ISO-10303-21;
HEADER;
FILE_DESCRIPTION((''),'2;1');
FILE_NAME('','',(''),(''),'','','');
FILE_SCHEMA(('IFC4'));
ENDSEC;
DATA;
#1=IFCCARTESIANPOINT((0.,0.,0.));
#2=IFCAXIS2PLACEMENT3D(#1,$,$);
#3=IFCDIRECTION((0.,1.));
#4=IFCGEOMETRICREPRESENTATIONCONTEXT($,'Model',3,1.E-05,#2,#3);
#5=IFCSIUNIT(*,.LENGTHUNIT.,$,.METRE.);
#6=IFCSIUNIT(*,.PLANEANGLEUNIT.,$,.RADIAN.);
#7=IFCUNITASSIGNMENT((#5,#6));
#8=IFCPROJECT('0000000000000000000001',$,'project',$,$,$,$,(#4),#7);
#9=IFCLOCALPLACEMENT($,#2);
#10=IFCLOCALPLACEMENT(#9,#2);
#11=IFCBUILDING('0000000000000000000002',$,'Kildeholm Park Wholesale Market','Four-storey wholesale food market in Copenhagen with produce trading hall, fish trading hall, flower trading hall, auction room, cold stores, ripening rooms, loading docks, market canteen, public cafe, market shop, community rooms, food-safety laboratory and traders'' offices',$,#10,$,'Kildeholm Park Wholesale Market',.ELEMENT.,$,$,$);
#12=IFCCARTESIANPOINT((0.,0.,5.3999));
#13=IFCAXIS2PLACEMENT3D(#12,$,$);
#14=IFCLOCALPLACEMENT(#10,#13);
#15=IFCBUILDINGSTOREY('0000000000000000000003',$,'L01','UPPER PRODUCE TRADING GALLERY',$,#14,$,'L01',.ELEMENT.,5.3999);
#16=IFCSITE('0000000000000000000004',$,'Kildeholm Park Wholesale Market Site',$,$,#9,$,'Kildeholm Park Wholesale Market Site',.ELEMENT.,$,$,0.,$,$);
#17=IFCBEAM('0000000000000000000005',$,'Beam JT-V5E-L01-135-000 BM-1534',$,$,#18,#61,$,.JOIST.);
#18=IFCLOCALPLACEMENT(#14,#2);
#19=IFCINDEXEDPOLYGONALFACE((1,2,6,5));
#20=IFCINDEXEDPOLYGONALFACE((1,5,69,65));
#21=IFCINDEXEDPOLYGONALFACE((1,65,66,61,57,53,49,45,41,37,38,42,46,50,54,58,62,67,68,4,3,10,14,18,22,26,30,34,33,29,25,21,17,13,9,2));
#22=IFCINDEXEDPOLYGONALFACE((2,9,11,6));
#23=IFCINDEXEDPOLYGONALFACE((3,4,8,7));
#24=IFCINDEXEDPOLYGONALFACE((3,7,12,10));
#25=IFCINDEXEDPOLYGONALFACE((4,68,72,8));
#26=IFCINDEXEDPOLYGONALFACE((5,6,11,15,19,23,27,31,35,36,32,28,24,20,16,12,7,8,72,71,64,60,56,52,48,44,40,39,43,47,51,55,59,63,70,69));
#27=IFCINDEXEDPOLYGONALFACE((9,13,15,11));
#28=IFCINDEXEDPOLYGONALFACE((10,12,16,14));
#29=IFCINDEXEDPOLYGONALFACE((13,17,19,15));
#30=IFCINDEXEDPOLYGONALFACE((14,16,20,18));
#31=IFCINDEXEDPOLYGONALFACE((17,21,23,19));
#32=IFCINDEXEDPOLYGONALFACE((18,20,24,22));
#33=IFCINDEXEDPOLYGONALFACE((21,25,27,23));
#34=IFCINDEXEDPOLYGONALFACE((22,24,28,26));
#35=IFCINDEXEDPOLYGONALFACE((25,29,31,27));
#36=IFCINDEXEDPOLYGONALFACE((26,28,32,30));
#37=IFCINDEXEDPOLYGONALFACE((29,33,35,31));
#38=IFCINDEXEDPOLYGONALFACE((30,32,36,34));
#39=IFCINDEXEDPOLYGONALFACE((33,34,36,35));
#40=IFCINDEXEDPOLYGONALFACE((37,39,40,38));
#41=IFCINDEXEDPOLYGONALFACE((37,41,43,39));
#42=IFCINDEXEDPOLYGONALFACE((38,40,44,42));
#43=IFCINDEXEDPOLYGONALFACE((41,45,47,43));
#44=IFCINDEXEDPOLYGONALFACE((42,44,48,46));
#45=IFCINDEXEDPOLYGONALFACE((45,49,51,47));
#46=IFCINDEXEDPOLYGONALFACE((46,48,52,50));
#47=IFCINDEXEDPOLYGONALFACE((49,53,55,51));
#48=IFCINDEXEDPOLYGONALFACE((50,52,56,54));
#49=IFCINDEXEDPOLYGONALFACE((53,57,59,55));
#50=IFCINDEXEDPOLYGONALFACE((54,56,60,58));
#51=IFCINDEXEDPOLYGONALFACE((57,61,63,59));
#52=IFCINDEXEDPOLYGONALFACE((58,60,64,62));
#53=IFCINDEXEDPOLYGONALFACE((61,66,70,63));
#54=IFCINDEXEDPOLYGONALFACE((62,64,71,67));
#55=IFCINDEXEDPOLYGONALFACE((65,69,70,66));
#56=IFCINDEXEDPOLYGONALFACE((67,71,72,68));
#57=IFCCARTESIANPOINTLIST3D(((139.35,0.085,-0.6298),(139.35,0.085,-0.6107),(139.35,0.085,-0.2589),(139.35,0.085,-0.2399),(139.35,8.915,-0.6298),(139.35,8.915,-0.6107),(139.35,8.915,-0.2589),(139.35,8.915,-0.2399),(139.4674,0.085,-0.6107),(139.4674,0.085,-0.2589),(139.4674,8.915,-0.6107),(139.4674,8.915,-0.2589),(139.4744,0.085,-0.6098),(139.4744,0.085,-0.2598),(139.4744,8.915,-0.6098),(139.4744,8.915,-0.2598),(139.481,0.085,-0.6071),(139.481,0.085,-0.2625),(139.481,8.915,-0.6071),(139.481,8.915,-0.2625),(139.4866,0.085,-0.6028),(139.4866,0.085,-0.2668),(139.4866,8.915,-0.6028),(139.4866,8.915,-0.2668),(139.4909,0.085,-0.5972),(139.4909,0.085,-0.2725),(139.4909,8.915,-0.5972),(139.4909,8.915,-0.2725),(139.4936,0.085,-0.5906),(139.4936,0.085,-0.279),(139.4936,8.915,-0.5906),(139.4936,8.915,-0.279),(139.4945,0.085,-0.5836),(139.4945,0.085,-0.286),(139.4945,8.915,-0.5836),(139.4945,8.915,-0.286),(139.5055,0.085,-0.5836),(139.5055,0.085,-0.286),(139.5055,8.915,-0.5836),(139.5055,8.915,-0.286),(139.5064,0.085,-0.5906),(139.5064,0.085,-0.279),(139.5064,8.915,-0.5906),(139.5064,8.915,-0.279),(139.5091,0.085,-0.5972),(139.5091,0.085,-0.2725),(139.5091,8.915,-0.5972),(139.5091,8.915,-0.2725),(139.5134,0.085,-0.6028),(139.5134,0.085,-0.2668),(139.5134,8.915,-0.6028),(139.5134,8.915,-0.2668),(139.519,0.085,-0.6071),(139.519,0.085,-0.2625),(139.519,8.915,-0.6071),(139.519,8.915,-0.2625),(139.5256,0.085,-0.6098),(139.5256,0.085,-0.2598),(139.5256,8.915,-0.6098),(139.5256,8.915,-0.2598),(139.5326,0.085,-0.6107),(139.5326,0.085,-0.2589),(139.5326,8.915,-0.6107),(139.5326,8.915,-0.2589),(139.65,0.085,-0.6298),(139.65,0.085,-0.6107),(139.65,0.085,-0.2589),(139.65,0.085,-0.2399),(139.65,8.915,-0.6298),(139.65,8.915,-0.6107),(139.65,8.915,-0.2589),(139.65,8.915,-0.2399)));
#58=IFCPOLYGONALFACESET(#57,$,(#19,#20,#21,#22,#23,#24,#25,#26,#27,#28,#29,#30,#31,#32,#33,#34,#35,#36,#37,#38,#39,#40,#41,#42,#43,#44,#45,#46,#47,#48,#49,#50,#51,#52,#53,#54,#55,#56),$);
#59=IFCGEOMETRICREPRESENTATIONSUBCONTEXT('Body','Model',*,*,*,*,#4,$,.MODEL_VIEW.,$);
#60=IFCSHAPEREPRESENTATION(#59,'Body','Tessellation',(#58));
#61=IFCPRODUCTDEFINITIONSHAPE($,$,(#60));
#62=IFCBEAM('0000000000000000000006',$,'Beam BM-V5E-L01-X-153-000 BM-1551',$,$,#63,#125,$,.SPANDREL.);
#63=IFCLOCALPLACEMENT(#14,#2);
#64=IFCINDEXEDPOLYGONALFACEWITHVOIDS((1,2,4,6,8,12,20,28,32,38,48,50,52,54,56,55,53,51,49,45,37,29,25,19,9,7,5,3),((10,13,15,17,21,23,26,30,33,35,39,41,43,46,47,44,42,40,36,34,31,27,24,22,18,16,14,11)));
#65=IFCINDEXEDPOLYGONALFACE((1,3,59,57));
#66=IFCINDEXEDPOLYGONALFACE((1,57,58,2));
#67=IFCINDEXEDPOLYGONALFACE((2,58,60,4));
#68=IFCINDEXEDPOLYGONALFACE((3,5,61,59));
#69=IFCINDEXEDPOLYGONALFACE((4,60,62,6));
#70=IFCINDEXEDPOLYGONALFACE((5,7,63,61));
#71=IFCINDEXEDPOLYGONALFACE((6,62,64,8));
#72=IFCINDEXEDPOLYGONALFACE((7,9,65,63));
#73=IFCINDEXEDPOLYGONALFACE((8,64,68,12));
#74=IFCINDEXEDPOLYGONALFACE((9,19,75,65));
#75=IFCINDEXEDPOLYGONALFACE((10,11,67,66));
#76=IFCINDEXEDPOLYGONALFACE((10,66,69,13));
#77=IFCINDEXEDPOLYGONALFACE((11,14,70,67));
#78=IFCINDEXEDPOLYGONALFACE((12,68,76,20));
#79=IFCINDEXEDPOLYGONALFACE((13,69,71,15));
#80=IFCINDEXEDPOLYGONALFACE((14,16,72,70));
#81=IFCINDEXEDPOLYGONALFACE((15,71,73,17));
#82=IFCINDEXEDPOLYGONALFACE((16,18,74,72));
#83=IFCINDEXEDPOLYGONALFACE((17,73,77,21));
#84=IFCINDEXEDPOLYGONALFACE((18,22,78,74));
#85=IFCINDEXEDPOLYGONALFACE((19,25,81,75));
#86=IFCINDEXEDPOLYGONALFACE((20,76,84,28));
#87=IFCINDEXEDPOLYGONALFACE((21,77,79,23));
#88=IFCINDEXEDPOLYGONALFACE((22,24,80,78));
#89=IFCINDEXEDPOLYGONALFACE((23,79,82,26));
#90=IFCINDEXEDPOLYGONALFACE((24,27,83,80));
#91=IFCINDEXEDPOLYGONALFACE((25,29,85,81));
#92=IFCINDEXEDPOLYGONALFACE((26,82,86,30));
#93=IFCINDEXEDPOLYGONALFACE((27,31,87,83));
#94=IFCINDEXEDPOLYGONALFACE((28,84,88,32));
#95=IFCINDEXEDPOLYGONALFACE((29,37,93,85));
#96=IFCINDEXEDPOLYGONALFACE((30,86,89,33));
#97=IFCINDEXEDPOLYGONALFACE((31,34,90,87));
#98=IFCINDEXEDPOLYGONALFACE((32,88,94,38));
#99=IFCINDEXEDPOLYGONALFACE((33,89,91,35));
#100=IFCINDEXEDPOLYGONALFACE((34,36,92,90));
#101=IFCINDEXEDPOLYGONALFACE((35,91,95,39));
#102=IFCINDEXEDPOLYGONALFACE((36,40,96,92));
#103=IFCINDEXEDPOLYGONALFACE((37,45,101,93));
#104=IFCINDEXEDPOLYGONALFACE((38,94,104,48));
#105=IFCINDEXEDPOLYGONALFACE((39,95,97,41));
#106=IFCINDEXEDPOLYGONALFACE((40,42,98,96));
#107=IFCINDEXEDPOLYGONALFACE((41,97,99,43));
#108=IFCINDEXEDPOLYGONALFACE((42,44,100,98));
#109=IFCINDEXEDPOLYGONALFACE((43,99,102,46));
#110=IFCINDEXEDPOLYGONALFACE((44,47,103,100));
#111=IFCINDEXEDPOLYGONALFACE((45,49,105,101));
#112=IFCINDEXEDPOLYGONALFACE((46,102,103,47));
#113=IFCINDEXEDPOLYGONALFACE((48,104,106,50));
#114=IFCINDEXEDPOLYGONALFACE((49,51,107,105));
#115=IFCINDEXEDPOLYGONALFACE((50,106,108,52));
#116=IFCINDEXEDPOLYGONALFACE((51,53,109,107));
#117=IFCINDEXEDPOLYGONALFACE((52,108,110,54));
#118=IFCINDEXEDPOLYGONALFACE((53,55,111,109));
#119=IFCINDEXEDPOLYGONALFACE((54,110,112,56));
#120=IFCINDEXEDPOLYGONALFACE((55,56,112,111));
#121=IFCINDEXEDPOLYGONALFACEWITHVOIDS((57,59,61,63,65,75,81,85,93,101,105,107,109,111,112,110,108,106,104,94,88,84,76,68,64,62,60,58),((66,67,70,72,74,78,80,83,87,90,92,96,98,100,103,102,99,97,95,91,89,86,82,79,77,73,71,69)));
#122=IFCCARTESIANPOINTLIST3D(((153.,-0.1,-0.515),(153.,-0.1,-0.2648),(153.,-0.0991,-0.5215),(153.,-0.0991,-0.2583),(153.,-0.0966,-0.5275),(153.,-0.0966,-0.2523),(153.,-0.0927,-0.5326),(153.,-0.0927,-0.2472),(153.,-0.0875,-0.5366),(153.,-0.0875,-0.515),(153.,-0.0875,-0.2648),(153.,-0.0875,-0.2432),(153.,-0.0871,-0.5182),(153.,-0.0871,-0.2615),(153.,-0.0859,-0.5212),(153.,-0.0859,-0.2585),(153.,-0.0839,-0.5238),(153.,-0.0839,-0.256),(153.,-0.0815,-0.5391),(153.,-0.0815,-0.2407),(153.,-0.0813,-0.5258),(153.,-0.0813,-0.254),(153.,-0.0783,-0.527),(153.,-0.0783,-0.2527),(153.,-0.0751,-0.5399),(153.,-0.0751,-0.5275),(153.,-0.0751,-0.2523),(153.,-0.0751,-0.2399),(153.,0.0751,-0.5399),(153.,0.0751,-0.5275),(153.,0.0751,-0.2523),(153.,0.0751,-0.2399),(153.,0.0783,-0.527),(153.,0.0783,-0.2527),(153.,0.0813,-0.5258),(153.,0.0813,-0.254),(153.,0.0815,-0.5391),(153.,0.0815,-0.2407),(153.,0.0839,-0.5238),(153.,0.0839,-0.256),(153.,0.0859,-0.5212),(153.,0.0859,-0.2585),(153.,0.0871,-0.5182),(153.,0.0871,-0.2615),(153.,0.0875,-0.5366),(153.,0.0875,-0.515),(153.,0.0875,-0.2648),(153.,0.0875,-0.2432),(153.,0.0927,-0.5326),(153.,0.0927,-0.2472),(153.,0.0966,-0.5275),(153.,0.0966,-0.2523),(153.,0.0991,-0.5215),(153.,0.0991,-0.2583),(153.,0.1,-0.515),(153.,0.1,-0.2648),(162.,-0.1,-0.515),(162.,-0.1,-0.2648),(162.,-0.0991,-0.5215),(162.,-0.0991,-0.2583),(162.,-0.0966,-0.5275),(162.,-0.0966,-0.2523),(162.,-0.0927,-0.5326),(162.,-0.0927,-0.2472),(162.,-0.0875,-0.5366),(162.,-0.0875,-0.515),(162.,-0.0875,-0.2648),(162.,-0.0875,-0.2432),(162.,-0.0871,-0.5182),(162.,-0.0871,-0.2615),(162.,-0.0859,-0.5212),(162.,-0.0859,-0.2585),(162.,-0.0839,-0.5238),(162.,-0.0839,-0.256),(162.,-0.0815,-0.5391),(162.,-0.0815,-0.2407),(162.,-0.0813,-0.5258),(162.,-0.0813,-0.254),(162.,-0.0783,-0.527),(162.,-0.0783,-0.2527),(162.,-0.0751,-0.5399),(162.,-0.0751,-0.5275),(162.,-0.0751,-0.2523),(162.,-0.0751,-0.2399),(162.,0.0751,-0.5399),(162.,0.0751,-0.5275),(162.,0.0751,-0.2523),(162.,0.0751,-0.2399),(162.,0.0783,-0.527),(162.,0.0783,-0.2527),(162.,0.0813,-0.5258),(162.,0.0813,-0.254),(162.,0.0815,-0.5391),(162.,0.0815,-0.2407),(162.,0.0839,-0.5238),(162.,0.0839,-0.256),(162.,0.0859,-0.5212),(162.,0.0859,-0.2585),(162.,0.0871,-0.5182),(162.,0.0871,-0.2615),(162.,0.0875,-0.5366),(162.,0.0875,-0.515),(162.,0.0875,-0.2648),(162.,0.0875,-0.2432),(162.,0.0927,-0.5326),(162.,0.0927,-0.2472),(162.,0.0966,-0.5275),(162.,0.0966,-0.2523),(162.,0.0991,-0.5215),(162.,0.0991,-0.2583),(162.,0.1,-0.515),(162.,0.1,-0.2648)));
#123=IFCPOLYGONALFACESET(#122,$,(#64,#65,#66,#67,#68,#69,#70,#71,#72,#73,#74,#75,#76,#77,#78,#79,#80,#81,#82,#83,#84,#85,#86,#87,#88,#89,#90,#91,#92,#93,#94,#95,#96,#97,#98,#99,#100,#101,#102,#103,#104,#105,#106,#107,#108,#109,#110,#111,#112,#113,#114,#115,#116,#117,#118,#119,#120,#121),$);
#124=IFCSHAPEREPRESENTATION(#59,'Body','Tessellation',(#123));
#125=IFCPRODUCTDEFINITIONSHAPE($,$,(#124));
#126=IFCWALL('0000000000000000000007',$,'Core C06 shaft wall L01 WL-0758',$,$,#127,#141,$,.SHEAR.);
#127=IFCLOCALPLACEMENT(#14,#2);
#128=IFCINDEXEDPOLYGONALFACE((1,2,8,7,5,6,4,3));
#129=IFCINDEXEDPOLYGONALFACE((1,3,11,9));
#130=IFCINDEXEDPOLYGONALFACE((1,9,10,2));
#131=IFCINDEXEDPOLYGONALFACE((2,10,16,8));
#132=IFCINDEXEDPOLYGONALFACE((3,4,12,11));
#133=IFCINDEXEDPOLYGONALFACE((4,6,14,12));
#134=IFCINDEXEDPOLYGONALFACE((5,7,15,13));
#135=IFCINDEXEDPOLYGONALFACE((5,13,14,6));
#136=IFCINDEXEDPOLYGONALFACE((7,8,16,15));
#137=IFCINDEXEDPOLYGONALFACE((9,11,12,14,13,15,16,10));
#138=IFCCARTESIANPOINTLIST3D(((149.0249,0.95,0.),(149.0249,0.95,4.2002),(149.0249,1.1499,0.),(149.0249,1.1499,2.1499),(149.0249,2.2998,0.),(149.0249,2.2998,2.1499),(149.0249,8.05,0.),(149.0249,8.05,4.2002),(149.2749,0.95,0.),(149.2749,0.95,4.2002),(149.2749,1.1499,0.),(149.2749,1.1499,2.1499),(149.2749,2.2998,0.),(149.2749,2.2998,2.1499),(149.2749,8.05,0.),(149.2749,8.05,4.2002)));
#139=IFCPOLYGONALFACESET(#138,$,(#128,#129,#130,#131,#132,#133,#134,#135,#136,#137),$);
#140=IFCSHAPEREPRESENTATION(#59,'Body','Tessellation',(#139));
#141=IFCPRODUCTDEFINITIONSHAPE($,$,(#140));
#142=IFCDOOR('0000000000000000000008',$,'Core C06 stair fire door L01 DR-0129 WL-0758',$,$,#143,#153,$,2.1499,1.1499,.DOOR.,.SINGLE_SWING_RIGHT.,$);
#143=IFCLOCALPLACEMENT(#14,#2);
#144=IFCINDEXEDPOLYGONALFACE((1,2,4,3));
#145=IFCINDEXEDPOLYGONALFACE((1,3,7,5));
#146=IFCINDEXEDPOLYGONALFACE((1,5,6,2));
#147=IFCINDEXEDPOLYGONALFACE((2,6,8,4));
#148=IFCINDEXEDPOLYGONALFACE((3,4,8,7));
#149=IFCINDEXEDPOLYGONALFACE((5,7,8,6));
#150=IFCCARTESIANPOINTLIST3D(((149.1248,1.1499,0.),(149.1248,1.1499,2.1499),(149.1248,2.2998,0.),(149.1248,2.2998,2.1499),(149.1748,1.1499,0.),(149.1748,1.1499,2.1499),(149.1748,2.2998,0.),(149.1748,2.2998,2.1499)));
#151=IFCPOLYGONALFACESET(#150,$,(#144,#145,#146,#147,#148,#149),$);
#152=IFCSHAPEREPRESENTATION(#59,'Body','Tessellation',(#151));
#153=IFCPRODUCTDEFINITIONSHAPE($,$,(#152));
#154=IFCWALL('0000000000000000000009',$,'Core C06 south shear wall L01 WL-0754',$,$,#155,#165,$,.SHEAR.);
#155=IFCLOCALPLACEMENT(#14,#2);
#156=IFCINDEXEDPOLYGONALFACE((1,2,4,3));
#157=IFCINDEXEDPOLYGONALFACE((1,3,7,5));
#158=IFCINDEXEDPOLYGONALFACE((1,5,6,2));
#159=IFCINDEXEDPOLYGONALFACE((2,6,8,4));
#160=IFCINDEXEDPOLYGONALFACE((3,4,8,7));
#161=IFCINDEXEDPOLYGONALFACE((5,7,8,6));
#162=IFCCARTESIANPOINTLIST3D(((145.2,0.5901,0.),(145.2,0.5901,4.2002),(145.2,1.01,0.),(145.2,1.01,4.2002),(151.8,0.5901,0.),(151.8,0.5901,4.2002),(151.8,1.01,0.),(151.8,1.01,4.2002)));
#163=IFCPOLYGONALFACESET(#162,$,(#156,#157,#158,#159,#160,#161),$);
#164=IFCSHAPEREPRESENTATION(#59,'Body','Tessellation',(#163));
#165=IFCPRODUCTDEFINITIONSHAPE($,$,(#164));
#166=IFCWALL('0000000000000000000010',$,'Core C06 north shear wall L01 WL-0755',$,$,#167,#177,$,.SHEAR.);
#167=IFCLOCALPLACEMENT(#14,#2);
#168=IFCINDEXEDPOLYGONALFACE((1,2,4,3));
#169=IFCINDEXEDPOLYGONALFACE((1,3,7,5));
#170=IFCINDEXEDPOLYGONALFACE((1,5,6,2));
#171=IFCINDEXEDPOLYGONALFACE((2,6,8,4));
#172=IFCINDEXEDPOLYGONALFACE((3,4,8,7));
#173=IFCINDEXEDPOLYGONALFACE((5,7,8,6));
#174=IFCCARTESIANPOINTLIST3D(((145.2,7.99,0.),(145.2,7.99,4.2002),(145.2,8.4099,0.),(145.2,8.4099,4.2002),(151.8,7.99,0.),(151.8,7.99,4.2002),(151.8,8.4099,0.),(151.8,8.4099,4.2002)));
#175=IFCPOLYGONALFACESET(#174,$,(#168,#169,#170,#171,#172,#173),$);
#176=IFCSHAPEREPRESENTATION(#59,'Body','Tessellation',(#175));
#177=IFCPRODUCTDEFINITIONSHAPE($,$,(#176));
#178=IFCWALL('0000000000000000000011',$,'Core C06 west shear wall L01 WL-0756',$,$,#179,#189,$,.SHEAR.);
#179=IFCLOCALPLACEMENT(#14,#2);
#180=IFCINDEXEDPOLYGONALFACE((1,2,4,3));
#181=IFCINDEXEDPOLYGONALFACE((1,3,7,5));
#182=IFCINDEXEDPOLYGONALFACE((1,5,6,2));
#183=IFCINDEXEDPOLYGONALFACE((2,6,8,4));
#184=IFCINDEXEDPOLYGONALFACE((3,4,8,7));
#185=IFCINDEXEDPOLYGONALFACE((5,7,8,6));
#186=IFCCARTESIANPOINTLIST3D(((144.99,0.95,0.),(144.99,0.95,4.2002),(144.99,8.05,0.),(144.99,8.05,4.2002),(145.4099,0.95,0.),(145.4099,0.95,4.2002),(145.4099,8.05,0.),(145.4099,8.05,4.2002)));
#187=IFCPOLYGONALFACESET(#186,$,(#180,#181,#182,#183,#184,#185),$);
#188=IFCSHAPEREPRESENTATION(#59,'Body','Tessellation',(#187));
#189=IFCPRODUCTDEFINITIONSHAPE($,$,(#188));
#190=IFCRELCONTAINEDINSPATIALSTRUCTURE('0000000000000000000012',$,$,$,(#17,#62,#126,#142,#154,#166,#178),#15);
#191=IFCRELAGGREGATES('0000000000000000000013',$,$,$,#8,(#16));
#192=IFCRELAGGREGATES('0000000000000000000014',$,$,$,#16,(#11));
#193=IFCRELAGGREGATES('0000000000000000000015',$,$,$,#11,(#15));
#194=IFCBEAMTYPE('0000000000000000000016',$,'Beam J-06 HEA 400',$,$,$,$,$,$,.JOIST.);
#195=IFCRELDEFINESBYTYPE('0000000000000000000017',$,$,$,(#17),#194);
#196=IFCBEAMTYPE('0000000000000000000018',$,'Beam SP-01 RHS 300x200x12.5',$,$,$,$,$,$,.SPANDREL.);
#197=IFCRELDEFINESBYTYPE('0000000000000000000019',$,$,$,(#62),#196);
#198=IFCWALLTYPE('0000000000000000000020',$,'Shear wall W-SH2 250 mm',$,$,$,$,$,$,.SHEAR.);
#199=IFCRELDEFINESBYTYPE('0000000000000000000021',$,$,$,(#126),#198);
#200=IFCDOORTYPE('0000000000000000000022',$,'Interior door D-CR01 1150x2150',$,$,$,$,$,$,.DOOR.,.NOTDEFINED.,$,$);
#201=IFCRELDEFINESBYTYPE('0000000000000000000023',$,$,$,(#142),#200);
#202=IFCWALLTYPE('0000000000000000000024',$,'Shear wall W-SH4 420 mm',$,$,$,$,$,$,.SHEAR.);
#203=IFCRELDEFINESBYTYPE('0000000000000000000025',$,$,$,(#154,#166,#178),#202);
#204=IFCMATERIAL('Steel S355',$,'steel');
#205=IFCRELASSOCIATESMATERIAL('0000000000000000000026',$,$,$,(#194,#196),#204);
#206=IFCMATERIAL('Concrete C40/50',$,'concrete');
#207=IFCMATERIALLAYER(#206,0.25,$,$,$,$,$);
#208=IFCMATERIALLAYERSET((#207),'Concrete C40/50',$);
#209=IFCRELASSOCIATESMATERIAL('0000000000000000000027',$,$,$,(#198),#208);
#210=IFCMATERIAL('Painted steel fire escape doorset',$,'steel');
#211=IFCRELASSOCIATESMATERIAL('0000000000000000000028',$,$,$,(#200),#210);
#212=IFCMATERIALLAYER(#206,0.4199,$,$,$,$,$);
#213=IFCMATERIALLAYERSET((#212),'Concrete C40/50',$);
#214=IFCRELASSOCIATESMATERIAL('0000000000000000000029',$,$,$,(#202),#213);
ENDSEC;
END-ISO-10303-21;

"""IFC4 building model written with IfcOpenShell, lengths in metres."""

from ifc_helpers import new_model, si_unit, direction, frame, frame_2d, origin, origin_2d, place, context, subcontext, project, spatial, rectangle, hollow_rectangle, i_section, extrude, material, layer, layer_set, material_profile, profile_set, type_object, element, fill, save


model = new_model("IFC4")

# Units and contexts
model_context = context("Model", 3, precision=1e-05, world=origin(), true_north=direction((0.0, 1.0)))
body_context = subcontext(model_context, "Body", "Model", "MODEL_VIEW")
ifc_project = project(units=[si_unit("LENGTHUNIT", "METRE"), si_unit("PLANEANGLEUNIT", "RADIAN")], contexts=[model_context])

# Site, building, storey
site_placement = place(None, origin())
site = spatial("IfcSite", under=ifc_project, at=site_placement, Name="Kildeholm Park Wholesale Market Site", LongName="Kildeholm Park Wholesale Market Site", CompositionType="ELEMENT", RefElevation=0.0)
building_placement = place(site_placement, origin())
building = spatial("IfcBuilding", under=site, at=building_placement, Name="Kildeholm Park Wholesale Market", Description="Four-storey wholesale food market in Copenhagen with produce trading hall, fish trading hall, flower trading hall, auction room, cold stores, ripening rooms, loading docks, market canteen, public cafe, market shop, community rooms, food-safety laboratory and traders' offices", LongName="Kildeholm Park Wholesale Market", CompositionType="ELEMENT")
storey_placement = place(building_placement, frame((0.0, 0.0, 5.3999)))
storey = spatial("IfcBuildingStorey", under=building, at=storey_placement, Name="L01", Description="UPPER PRODUCE TRADING GALLERY", LongName="L01", CompositionType="ELEMENT", Elevation=5.3999)

# Shared definitions
ifc_material_1 = material(Name="Steel S355", Category="steel")

# Beams
ifc_material_profile_1 = material_profile(ifc_material_1, i_section(OverallWidth=0.3, OverallDepth=0.3899, WebThickness=0.011, FlangeThickness=0.019, FilletRadius=0.0271, at=origin_2d()), Name="HEA 400")
ifc_profile_set_1 = profile_set([ifc_material_profile_1], Name="Steel S355")
beam_type_1 = type_object("IfcBeamType", Name="Beam J-06 HEA 400", PredefinedType="JOIST", material=ifc_profile_set_1)
beam_1_placement = place(storey_placement, frame((139.5, 0.085, -0.4348), z_axis=(0.0, 1.0, 0.0), x_axis=(-1.0, 0.0, 0.0)))
element("IfcBeam", 1, at=beam_1_placement, inside=storey, type_object=beam_type_1, Name="Beam JT-V5E-L01-135-000 BM-1534", PredefinedType="JOIST", context=body_context, shape_type="SweptSolid", body=[
    extrude(i_section(OverallWidth=0.3, OverallDepth=0.3899, WebThickness=0.011, FlangeThickness=0.019, FilletRadius=0.0271, at=origin_2d()), origin(), (0.0, 0.0, 1.0), 8.8301),
])
ifc_material_profile_2 = material_profile(ifc_material_1, hollow_rectangle(XDim=0.2, YDim=0.3, WallThickness=0.0125, InnerFilletRadius=0.0125, OuterFilletRadius=0.0249, at=origin_2d()), Name="RHS 300x200x12.5")
ifc_profile_set_2 = profile_set([ifc_material_profile_2], Name="Steel S355")
beam_type_2 = type_object("IfcBeamType", Name="Beam SP-01 RHS 300x200x12.5", PredefinedType="SPANDREL", material=ifc_profile_set_2)
beam_2_placement = place(storey_placement, frame((153.0, 0.0, -0.3899), z_axis=(1.0, 0.0, 0.0), x_axis=(0.0, 1.0, 0.0)))
element("IfcBeam", 2, at=beam_2_placement, inside=storey, type_object=beam_type_2, Name="Beam BM-V5E-L01-X-153-000 BM-1551", PredefinedType="SPANDREL", context=body_context, shape_type="SweptSolid", body=[
    extrude(hollow_rectangle(XDim=0.2, YDim=0.3, WallThickness=0.0125, InnerFilletRadius=0.0125, OuterFilletRadius=0.0249, at=origin_2d()), origin(), (0.0, 0.0, 1.0), 9.0),
])

# Wall, opening, door
ifc_material_2 = material(Name="Concrete C40/50", Category="concrete")
ifc_layer_1 = layer(ifc_material_2, 0.25)
ifc_layer_set_1 = layer_set([ifc_layer_1], Name="Concrete C40/50")
wall_type_1 = type_object("IfcWallType", Name="Shear wall W-SH2 250 mm", PredefinedType="SHEAR", material=ifc_layer_set_1)
wall_1_placement = place(storey_placement, frame((149.1499, 0.95, 0.0), z_axis=(0.0, 0.0, 1.0), x_axis=(0.0, 1.0, 0.0)))
wall_1 = element("IfcWall", 3, at=wall_1_placement, inside=storey, type_object=wall_type_1, Name="Core C06 shaft wall L01 WL-0758", PredefinedType="SHEAR", context=body_context, shape_type="SweptSolid", body=[
    extrude(rectangle(XDim=7.1001, YDim=0.25, at=frame_2d((3.55, 0.0))), origin(), (0.0, 0.0, 1.0), 4.2002),
])
opening_1_placement = place(wall_1_placement, frame((0.2, 0.0, 0.0)))
opening_1 = element("IfcOpeningElement", 4, at=opening_1_placement, cuts=wall_1, PredefinedType="OPENING", context=body_context, shape_type="SweptSolid", body=[
    extrude(rectangle(XDim=1.1499, YDim=2.1499, at=frame_2d((0.575, 1.075))), frame((0.0, 0.135, 0.0), z_axis=(0.0, -1.0, 0.0), x_axis=(1.0, 0.0, 0.0)), (0.0, 0.0, 1.0), 0.27),
])
ifc_material_3 = material(Name="Painted steel fire escape doorset", Category="steel")
door_type_1 = type_object("IfcDoorType", Name="Interior door D-CR01 1150x2150", OperationType="NOTDEFINED", PredefinedType="DOOR", material=ifc_material_3)
door_1_placement = place(opening_1_placement, frame((1.1499, 0.0, 0.0), z_axis=(0.0, 0.0, 1.0), x_axis=(-1.0, 0.0, 0.0)))
door_1 = element("IfcDoor", 5, at=door_1_placement, inside=storey, type_object=door_type_1, Name="Core C06 stair fire door L01 DR-0129 WL-0758", OperationType="SINGLE_SWING_RIGHT", OverallHeight=2.1499, OverallWidth=1.1499, PredefinedType="DOOR", context=body_context, shape_type="SweptSolid", body=[
    extrude(rectangle(XDim=1.1499, YDim=2.1499, at=frame_2d((0.575, 1.075))), frame((0.0, 0.0249, 0.0), z_axis=(0.0, -1.0, 0.0), x_axis=(1.0, 0.0, 0.0)), (0.0, 0.0, 1.0), 0.05),
])
fill(opening_1, door_1)

# Walls
ifc_layer_2 = layer(ifc_material_2, 0.4199)
ifc_layer_set_2 = layer_set([ifc_layer_2], Name="Concrete C40/50")
wall_type_2 = type_object("IfcWallType", Name="Shear wall W-SH4 420 mm", PredefinedType="SHEAR", material=ifc_layer_set_2)
for number, where, z_axis, x_axis, name in (
    (6, (145.2, 0.8, 0.0), (0.0, 0.0, 1.0), (1.0, 0.0, 0.0), "Core C06 south shear wall L01 WL-0754"),
    (7, (145.2, 8.2, 0.0), (0.0, 0.0, 1.0), (1.0, 0.0, 0.0), "Core C06 north shear wall L01 WL-0755"),
):
    element("IfcWall", number, at=place(storey_placement, frame(where, z_axis=z_axis, x_axis=x_axis)), inside=storey, type_object=wall_type_2, Name=name, PredefinedType="SHEAR", context=body_context, shape_type="SweptSolid", body=[
        extrude(rectangle(XDim=6.6001, YDim=0.4199, at=frame_2d((3.3, 0.0))), origin(), (0.0, 0.0, 1.0), 4.2002),
    ])
wall_2_placement = place(storey_placement, frame((145.2, 0.95, 0.0), z_axis=(0.0, 0.0, 1.0), x_axis=(0.0, 1.0, 0.0)))
element("IfcWall", 8, at=wall_2_placement, inside=storey, type_object=wall_type_2, Name="Core C06 west shear wall L01 WL-0756", PredefinedType="SHEAR", context=body_context, shape_type="SweptSolid", body=[
    extrude(rectangle(XDim=7.1001, YDim=0.4199, at=frame_2d((3.55, 0.0))), origin(), (0.0, 0.0, 1.0), 4.2002),
])

save(model, "model.ifc")
